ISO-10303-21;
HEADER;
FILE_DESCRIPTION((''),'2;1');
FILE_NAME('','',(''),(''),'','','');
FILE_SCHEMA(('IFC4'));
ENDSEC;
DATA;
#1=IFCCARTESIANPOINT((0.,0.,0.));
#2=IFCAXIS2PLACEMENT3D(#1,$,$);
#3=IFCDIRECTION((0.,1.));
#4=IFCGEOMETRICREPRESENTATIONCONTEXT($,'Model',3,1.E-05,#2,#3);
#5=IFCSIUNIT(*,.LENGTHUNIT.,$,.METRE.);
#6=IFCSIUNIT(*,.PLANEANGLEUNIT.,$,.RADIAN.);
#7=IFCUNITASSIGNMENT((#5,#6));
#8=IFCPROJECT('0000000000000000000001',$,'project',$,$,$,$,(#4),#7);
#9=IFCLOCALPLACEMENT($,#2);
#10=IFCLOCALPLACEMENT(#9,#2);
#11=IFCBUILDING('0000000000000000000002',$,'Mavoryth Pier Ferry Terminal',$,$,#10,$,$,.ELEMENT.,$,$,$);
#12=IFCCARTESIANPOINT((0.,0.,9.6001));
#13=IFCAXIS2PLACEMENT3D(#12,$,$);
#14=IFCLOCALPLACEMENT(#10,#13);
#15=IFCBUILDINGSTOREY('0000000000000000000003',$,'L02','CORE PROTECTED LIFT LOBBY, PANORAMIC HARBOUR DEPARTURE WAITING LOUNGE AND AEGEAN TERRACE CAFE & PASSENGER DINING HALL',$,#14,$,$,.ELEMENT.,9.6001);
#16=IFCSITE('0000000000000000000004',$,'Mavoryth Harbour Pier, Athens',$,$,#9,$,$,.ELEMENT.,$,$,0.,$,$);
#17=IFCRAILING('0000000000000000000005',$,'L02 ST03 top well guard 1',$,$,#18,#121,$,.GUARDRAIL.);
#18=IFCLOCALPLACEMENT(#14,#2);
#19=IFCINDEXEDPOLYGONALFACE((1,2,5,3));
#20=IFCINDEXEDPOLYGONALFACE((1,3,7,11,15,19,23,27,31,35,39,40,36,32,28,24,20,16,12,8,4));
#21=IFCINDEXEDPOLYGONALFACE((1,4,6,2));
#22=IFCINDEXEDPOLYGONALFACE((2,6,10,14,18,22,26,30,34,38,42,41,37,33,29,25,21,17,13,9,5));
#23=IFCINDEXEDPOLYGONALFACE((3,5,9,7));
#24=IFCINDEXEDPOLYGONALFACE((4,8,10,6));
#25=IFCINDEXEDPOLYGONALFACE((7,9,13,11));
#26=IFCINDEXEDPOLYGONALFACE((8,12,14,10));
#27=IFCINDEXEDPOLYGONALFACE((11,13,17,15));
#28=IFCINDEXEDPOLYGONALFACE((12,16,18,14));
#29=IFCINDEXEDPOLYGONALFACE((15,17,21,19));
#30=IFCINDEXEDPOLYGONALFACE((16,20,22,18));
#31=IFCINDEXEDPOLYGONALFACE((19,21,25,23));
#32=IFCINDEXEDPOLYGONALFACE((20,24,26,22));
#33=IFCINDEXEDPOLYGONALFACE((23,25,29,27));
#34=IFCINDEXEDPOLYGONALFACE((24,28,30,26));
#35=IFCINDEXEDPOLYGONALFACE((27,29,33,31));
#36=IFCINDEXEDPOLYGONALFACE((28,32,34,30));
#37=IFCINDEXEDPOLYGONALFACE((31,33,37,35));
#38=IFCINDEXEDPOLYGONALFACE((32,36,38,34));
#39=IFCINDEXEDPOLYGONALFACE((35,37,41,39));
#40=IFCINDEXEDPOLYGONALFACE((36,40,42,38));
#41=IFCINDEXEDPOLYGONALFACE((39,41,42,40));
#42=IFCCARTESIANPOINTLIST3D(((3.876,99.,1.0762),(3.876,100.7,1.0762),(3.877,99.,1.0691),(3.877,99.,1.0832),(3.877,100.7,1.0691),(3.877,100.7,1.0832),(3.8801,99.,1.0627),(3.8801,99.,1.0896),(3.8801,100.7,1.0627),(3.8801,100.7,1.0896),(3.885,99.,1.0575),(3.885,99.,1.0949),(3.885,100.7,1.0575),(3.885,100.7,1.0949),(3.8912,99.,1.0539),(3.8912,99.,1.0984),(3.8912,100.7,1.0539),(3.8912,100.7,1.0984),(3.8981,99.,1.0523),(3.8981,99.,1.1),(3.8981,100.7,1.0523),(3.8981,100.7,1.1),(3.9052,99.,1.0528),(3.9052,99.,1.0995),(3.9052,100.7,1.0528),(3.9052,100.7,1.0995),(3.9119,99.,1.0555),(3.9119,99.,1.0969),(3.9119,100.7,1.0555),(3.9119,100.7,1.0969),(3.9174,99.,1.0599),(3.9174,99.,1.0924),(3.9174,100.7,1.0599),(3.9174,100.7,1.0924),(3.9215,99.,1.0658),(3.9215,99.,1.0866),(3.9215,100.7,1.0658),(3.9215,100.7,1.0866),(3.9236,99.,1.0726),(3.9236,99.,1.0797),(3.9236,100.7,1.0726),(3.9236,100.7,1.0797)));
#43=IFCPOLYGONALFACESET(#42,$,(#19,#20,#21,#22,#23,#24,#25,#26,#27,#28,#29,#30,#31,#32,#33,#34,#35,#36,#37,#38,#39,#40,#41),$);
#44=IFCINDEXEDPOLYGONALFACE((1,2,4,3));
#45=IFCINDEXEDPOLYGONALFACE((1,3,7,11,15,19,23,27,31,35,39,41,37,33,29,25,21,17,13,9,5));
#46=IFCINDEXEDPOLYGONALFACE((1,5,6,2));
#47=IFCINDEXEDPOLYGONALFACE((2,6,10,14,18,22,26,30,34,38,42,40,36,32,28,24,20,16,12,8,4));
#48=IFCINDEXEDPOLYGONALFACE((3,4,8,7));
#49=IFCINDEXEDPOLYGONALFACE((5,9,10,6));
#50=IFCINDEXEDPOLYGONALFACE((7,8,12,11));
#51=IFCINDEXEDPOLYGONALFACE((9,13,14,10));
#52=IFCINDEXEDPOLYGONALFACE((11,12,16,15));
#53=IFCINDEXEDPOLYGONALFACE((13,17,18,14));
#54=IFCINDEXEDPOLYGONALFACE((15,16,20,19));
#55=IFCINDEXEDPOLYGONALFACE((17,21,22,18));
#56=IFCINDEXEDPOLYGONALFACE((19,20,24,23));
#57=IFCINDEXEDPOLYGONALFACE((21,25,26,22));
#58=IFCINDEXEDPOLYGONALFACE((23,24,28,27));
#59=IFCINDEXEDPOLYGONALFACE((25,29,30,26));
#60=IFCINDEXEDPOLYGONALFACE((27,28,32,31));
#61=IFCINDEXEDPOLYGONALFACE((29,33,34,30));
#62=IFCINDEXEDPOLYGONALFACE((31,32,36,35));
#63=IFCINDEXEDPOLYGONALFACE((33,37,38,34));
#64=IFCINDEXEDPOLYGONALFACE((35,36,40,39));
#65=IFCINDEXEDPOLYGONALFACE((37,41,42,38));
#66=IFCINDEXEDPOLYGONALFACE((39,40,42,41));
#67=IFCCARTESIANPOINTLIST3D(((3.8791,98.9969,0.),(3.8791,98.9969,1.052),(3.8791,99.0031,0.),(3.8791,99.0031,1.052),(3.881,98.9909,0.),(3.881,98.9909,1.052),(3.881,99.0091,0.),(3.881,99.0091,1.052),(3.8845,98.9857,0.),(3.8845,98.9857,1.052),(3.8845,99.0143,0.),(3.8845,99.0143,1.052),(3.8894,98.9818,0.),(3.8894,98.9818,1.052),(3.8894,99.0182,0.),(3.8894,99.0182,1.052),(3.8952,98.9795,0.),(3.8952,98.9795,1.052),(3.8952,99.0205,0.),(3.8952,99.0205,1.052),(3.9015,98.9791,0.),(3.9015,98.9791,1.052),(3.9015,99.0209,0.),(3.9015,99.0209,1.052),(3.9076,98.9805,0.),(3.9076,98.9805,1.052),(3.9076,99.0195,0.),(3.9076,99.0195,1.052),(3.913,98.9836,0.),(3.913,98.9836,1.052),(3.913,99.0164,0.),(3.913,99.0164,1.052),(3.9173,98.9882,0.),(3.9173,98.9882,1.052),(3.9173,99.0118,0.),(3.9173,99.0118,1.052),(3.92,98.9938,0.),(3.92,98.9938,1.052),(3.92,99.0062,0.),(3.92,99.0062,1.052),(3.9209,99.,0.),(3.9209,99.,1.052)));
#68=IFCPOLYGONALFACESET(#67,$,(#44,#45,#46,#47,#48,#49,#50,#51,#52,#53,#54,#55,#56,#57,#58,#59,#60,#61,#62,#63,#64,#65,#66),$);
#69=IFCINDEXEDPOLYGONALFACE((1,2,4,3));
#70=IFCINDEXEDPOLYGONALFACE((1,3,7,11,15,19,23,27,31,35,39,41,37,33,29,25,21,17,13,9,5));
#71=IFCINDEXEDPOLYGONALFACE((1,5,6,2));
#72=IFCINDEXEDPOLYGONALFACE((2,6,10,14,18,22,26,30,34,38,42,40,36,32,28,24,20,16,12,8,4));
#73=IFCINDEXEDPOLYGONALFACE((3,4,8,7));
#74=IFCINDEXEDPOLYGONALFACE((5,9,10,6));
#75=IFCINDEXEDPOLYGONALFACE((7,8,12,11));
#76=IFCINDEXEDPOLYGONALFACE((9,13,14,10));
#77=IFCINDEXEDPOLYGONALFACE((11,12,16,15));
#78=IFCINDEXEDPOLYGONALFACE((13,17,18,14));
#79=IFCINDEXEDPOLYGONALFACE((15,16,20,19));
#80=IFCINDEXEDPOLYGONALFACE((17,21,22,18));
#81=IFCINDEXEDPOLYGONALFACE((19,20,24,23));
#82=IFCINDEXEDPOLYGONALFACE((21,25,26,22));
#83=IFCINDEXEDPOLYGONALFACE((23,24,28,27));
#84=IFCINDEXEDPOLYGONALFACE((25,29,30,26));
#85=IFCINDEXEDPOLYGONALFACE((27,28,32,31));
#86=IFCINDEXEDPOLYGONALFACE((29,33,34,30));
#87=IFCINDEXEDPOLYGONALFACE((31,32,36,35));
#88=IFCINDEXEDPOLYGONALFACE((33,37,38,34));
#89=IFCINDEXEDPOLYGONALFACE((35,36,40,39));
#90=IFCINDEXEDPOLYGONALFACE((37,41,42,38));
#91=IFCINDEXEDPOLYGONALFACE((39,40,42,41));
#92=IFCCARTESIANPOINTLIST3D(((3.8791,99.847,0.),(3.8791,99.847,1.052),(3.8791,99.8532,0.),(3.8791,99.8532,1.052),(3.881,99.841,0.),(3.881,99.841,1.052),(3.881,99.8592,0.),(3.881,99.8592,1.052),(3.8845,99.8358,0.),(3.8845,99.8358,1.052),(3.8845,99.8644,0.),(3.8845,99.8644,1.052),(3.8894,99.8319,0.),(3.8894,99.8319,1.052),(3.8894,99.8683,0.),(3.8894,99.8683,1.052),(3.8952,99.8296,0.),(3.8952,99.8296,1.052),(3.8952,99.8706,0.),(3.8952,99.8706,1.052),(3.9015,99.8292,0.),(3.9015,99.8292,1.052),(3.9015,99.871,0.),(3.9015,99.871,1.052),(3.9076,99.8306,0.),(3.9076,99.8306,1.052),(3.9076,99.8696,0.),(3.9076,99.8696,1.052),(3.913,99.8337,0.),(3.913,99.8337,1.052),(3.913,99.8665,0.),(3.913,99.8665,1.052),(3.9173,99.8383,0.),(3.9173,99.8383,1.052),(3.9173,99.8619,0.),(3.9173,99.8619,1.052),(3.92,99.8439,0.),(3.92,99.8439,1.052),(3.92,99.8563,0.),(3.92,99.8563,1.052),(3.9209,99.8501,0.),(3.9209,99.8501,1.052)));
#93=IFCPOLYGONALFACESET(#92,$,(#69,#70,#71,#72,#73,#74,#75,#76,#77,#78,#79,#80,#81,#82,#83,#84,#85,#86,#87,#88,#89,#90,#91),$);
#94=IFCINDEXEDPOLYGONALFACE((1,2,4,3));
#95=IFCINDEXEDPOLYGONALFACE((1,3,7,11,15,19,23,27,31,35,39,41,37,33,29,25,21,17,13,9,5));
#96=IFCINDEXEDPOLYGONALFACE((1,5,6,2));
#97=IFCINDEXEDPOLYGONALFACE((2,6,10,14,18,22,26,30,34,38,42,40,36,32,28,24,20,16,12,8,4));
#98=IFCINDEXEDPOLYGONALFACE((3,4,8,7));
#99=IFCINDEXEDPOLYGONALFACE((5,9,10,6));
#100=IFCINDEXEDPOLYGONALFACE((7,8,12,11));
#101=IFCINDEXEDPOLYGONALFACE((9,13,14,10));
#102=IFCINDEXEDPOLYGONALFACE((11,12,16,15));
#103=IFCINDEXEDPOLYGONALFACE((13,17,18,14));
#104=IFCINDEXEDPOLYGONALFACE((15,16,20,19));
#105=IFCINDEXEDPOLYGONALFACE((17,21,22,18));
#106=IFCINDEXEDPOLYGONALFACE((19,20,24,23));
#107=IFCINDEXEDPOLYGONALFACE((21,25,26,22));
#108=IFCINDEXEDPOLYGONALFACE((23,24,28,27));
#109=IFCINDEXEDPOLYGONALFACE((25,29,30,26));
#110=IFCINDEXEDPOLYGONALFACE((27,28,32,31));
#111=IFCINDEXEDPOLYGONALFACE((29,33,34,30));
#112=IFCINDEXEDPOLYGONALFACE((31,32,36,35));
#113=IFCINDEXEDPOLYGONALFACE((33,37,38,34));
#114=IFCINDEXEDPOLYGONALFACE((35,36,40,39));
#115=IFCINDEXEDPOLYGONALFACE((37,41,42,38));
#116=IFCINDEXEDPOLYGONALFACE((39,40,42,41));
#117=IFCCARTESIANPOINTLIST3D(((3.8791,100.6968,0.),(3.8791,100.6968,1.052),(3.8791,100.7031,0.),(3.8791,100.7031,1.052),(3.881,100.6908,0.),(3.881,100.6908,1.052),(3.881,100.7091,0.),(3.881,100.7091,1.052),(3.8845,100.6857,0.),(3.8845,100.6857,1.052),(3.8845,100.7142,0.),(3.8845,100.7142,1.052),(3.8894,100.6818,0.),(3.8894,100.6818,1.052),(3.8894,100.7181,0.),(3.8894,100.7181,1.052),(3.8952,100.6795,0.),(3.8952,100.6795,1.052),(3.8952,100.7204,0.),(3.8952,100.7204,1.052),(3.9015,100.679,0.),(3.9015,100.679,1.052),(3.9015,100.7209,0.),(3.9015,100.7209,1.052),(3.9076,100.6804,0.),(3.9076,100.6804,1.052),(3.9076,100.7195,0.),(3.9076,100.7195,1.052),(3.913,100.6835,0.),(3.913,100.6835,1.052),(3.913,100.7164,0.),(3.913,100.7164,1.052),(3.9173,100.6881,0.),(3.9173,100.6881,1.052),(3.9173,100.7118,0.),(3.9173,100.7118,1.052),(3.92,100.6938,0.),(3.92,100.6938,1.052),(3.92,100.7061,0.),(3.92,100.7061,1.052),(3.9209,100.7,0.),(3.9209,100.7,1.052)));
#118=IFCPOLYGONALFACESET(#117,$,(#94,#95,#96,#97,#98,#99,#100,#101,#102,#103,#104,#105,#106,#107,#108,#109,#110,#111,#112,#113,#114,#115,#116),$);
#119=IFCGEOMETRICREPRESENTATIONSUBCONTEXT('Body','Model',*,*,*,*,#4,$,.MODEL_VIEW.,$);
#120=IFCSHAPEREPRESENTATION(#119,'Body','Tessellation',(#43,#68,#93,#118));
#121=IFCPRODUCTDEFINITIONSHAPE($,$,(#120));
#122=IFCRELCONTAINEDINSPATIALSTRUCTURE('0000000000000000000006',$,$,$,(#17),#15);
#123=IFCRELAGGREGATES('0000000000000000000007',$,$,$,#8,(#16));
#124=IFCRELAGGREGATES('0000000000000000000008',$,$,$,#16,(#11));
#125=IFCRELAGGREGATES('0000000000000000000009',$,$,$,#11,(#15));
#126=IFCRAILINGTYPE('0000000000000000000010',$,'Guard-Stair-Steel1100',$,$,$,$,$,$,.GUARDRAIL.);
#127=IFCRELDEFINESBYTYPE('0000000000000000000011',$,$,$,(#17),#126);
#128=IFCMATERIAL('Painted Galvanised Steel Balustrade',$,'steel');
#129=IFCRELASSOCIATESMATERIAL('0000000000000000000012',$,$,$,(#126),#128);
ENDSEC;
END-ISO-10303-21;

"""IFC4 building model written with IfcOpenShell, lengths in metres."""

from ifc_helpers import new_model, si_unit, direction, frame, origin, origin_2d, place, context, subcontext, project, spatial, circle, extrude, material, type_object, element, save


model = new_model("IFC4")

# Units and contexts
model_context = context("Model", 3, precision=1e-05, world=origin(), true_north=direction((0.0, 1.0)))
body_context = subcontext(model_context, "Body", "Model", "MODEL_VIEW")
ifc_project = project(units=[si_unit("LENGTHUNIT", "METRE"), si_unit("PLANEANGLEUNIT", "RADIAN")], contexts=[model_context])

# Site, building, storey
site_placement = place(None, origin())
site = spatial("IfcSite", under=ifc_project, at=site_placement, Name="Mavoryth Harbour Pier, Athens", CompositionType="ELEMENT", RefElevation=0.0)
building_placement = place(site_placement, origin())
building = spatial("IfcBuilding", under=site, at=building_placement, Name="Mavoryth Pier Ferry Terminal", CompositionType="ELEMENT")
storey_placement = place(building_placement, frame((0.0, 0.0, 9.6001)))
storey = spatial("IfcBuildingStorey", under=building, at=storey_placement, Name="L02", Description="CORE PROTECTED LIFT LOBBY, PANORAMIC HARBOUR DEPARTURE WAITING LOUNGE AND AEGEAN TERRACE CAFE & PASSENGER DINING HALL", CompositionType="ELEMENT", Elevation=9.6001)

# Railing
ifc_material_1 = material(Name="Painted Galvanised Steel Balustrade", Category="steel")
railing_type = type_object("IfcRailingType", Name="Guard-Stair-Steel1100", PredefinedType="GUARDRAIL", material=ifc_material_1)
railing_placement = place(storey_placement, frame((3.8999, 99.0, 0.0)))
element("IfcRailing", 1, at=railing_placement, inside=storey, type_object=railing_type, Name="L02 ST03 top well guard 1", PredefinedType="GUARDRAIL", context=body_context, shape_type="SweptSolid", body=[
    extrude(circle(Radius=0.0239, at=origin_2d()), frame((0.0, 0.0, 1.0762), z_axis=(0.0, 1.0, 0.0), x_axis=(-1.0, 0.0, 0.0)), (0.0, 0.0, 1.0), 1.7),
    extrude(circle(Radius=0.021, at=origin_2d()), origin(), (0.0, 0.0, 1.0), 1.052),
    extrude(circle(Radius=0.021, at=origin_2d()), frame((0.0, 0.8501, 0.0)), (0.0, 0.0, 1.0), 1.052),
    extrude(circle(Radius=0.021, at=origin_2d()), frame((0.0, 1.7, 0.0)), (0.0, 0.0, 1.0), 1.052),
])

save(model, "model.ifc")
